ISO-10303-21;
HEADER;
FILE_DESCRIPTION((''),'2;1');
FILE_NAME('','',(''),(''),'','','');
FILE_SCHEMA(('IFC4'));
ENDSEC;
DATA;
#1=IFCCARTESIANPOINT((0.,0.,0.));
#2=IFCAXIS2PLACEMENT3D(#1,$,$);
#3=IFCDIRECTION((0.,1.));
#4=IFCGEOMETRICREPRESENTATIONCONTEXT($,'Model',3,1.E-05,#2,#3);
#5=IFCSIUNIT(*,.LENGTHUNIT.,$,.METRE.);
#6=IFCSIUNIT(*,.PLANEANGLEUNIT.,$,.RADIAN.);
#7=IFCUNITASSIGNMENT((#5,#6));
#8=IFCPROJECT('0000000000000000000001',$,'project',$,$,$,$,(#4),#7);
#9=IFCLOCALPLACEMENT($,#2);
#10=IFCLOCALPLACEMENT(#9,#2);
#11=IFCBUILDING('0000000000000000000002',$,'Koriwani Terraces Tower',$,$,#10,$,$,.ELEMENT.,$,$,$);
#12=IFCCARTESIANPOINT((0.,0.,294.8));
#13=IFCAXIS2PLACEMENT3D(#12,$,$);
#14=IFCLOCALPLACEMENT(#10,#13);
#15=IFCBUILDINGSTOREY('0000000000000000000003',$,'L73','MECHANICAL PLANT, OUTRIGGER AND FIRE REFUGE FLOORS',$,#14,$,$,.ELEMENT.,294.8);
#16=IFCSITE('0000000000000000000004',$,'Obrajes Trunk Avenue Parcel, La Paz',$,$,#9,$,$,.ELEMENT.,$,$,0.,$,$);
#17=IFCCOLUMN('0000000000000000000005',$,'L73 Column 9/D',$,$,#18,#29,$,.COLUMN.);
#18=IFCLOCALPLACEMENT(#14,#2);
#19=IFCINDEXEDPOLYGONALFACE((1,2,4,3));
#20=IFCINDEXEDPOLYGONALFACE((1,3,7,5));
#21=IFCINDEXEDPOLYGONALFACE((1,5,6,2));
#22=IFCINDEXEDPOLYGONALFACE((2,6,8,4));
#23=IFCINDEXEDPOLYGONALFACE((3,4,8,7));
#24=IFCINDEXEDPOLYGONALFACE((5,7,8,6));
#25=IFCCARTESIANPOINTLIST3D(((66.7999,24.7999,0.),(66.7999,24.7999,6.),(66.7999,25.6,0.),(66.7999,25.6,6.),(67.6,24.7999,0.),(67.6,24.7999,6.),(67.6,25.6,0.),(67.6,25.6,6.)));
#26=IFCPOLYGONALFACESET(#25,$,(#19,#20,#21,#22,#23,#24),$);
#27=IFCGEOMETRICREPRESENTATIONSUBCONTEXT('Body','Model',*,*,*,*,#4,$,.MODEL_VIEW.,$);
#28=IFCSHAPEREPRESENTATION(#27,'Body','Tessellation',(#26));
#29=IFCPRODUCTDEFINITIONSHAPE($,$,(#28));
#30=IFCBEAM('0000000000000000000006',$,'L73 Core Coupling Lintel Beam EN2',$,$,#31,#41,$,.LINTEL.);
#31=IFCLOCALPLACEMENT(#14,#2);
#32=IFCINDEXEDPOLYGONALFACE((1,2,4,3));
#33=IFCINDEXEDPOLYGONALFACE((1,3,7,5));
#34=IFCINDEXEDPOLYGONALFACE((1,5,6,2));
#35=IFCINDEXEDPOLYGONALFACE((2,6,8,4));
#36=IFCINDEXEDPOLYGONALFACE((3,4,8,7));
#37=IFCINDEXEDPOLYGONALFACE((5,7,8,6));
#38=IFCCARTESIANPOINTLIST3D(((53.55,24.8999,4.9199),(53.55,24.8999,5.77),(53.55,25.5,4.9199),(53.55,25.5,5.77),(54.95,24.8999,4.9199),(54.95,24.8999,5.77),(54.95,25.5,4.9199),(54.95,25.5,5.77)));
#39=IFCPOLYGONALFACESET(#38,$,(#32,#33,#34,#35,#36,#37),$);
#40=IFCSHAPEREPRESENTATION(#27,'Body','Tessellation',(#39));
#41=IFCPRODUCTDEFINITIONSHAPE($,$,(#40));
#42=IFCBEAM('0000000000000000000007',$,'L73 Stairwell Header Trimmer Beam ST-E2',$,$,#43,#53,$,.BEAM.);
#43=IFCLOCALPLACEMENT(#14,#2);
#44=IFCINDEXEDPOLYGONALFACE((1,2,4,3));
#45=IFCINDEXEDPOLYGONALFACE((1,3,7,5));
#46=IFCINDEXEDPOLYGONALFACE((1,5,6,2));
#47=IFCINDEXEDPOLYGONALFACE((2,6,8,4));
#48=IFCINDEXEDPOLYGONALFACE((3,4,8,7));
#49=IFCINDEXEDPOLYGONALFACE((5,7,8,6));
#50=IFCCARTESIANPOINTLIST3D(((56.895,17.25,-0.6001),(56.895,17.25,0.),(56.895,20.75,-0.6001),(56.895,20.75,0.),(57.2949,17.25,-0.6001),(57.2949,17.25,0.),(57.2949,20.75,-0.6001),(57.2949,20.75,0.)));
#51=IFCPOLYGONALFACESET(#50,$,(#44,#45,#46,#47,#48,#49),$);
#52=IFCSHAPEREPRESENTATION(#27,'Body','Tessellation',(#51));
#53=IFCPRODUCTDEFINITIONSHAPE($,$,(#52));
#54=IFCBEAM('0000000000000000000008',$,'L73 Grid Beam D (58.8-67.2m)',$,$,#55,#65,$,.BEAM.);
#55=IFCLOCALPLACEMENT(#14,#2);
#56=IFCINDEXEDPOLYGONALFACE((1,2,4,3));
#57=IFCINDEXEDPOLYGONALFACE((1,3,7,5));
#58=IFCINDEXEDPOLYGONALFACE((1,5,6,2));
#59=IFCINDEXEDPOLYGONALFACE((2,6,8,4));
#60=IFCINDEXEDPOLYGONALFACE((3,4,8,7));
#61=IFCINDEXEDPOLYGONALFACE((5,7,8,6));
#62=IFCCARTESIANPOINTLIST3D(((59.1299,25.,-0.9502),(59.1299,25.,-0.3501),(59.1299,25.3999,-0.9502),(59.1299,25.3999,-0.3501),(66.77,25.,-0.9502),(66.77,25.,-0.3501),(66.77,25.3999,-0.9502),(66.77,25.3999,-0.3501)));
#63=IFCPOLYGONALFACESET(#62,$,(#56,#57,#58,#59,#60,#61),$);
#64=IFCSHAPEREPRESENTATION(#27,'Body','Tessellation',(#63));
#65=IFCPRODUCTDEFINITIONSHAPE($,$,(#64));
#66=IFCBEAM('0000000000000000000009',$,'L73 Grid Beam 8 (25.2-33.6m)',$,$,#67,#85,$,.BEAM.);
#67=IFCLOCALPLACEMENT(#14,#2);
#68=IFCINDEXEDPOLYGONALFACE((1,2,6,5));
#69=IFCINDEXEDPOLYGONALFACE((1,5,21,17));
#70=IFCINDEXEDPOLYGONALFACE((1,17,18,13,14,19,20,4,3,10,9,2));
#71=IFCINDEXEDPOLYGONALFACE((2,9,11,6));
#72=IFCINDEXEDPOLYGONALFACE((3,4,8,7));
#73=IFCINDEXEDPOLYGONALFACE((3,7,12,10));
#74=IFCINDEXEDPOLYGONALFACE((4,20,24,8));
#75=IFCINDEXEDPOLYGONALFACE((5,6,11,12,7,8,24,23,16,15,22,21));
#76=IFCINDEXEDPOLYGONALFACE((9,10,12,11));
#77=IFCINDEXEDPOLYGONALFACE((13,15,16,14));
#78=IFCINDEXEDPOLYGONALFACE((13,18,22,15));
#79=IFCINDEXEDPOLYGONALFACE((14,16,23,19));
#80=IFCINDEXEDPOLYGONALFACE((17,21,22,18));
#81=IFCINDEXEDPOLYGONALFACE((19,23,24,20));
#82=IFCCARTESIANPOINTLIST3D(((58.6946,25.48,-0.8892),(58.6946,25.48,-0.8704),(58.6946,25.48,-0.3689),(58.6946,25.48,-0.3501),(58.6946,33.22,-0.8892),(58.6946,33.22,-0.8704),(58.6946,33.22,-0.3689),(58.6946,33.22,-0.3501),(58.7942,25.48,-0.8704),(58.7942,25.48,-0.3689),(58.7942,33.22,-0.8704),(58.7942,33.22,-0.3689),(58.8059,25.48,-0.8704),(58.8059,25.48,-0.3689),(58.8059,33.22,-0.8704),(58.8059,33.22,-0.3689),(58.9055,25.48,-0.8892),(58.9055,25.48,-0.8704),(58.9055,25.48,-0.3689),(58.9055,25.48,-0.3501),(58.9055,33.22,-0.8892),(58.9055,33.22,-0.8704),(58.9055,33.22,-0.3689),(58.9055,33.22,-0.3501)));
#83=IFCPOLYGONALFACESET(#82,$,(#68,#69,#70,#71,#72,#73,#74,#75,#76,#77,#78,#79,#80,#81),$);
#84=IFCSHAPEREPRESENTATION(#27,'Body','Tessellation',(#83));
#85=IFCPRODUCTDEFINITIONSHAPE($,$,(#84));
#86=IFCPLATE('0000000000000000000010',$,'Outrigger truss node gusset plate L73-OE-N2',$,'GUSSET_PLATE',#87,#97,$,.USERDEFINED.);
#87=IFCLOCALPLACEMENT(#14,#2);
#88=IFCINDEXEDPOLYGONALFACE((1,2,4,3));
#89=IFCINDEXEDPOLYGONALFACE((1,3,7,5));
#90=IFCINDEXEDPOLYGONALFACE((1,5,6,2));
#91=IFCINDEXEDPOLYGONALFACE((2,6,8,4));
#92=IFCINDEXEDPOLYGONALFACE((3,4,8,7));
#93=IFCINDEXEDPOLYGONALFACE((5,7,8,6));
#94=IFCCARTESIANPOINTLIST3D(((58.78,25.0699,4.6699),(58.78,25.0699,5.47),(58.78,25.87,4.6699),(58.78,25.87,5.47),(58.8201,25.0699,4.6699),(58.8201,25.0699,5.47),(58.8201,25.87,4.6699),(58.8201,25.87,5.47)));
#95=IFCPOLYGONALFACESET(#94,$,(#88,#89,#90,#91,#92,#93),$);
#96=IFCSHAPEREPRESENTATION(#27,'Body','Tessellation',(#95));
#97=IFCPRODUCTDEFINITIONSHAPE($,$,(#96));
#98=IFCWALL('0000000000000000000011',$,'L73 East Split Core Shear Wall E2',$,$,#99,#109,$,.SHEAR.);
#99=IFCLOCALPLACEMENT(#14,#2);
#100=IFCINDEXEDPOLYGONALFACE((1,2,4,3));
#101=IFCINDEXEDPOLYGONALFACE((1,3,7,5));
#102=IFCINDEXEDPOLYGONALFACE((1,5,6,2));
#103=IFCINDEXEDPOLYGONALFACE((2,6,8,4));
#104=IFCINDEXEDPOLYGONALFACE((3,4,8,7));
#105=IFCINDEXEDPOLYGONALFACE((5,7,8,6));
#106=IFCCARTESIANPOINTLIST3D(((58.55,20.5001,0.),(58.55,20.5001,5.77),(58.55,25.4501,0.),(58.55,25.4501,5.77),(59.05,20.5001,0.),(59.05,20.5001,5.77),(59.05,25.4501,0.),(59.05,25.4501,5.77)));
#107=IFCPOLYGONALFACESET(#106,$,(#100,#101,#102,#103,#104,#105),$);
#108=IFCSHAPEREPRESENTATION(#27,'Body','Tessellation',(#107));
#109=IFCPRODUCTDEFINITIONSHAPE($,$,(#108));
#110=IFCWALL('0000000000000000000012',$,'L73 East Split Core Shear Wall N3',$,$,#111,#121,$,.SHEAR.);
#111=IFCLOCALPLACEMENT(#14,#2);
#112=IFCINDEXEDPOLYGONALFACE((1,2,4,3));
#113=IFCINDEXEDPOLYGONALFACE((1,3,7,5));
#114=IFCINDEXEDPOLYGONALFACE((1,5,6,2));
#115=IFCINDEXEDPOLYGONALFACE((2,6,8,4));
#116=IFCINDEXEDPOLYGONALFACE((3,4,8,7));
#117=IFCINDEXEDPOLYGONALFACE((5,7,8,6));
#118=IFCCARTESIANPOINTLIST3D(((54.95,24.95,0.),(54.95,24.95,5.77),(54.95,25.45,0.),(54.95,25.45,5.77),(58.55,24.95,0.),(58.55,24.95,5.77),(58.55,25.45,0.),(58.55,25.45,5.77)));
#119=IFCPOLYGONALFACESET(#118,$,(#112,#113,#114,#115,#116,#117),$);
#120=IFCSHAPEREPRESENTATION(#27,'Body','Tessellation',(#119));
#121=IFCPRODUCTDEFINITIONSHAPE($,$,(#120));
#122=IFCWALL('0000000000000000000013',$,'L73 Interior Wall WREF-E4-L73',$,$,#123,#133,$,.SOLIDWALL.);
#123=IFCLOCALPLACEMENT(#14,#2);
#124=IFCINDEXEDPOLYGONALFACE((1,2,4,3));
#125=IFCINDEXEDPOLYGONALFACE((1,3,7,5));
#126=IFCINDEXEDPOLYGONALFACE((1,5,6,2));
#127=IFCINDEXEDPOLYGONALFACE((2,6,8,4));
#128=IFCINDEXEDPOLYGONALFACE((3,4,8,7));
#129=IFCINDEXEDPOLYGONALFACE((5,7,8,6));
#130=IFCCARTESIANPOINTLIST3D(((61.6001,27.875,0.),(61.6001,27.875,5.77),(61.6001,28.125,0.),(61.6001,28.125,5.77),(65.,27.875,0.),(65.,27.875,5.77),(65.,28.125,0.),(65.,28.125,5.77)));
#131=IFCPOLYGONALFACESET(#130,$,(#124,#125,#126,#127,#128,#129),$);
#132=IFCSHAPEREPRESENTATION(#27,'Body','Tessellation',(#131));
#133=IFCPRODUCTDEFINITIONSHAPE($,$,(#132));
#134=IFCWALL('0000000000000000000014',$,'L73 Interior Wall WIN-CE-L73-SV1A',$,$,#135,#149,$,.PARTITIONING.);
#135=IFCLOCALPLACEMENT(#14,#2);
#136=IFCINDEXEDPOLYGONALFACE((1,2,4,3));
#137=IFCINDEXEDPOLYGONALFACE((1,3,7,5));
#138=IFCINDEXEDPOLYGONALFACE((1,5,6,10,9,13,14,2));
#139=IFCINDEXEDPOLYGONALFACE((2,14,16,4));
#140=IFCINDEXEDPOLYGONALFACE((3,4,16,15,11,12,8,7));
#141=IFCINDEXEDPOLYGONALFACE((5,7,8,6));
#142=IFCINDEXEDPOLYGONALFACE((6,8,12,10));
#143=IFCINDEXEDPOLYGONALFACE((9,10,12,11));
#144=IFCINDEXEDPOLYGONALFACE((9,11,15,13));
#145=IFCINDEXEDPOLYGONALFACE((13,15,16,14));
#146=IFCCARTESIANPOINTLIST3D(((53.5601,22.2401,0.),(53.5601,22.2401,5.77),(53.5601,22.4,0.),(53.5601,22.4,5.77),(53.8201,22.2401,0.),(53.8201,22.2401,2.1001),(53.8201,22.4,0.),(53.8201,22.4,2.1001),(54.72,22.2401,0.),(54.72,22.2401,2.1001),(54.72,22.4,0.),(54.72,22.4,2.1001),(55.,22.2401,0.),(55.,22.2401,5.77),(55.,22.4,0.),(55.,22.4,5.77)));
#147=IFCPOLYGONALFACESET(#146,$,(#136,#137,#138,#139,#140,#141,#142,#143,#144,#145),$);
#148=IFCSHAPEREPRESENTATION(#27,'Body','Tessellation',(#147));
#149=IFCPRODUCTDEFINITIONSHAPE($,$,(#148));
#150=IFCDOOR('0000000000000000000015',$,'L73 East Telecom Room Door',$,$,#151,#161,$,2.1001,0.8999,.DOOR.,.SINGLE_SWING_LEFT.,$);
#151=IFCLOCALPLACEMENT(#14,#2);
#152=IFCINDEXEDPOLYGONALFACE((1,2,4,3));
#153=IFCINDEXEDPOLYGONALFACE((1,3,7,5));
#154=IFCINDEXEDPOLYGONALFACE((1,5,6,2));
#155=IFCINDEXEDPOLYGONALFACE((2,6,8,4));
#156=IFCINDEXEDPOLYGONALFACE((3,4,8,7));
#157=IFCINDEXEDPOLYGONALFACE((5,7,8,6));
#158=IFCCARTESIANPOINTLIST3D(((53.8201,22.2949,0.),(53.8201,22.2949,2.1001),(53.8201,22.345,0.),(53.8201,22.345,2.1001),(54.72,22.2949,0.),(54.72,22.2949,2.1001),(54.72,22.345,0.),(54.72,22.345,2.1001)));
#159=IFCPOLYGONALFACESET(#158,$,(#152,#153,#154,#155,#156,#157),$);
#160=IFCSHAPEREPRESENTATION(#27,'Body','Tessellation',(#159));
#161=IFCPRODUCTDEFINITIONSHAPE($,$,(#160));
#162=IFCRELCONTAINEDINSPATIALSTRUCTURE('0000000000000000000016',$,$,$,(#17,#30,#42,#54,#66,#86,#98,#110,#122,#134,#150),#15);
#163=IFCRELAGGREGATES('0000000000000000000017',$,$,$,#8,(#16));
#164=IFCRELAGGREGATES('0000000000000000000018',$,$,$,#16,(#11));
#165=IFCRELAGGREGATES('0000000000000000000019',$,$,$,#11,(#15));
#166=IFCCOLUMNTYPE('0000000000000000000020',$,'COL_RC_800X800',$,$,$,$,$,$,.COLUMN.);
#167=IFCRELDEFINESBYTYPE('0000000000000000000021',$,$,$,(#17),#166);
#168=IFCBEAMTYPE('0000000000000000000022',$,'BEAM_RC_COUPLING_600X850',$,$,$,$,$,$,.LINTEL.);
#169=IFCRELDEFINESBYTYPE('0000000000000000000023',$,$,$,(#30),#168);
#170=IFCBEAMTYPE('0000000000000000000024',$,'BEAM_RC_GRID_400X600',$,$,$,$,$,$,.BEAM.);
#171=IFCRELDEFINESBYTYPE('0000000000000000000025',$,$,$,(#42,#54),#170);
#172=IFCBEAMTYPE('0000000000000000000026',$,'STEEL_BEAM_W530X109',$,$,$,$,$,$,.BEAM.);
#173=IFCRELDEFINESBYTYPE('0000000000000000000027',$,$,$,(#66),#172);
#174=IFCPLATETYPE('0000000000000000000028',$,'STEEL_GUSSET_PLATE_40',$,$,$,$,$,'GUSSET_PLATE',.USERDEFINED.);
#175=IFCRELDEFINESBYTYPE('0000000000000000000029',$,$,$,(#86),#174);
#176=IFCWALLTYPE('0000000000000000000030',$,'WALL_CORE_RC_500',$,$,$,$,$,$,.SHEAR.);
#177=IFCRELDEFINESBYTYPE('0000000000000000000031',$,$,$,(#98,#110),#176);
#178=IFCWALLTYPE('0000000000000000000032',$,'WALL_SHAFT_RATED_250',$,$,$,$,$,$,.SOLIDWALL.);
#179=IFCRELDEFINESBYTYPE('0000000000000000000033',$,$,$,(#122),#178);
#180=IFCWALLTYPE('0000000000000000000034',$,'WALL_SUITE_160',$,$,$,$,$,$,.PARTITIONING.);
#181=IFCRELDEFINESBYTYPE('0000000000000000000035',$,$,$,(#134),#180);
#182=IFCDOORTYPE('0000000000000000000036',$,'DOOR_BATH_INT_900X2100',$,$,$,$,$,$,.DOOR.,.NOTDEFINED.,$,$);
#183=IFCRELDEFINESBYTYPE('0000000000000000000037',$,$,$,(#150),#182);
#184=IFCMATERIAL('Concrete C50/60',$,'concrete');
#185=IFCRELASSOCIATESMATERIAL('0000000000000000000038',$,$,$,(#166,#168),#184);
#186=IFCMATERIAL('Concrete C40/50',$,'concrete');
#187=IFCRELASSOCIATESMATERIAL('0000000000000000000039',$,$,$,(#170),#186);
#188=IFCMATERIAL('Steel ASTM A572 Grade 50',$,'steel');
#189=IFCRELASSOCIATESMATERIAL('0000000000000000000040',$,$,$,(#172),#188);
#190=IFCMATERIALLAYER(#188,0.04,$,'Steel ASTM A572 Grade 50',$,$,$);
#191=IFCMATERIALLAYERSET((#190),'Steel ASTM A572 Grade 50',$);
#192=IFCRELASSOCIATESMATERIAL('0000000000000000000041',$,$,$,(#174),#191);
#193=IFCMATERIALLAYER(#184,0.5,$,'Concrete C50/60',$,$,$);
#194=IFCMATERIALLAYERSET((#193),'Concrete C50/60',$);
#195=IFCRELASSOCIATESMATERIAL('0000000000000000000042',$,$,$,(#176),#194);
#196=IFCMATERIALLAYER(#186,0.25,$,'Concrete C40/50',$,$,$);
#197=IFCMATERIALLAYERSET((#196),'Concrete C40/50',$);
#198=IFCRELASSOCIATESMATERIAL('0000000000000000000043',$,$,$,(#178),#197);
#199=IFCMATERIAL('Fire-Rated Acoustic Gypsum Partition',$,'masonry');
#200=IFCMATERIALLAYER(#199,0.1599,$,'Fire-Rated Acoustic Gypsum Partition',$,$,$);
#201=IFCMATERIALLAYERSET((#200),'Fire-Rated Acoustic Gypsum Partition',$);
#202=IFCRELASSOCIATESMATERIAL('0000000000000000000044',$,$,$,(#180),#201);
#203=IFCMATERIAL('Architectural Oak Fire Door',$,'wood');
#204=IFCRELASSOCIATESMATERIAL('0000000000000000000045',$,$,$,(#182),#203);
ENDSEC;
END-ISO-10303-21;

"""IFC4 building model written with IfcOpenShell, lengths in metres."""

from ifc_helpers import new_model, si_unit, direction, frame, frame_2d, origin, origin_2d, place, context, subcontext, project, spatial, rectangle, i_section, extrude, material, layer, layer_set, material_profile, profile_set, type_object, element, fill, save


model = new_model("IFC4")

# Units and contexts
model_context = context("Model", 3, precision=1e-05, world=origin(), true_north=direction((0.0, 1.0)))
body_context = subcontext(model_context, "Body", "Model", "MODEL_VIEW")
ifc_project = project(units=[si_unit("LENGTHUNIT", "METRE"), si_unit("PLANEANGLEUNIT", "RADIAN")], contexts=[model_context])

# Site, building, storey
site_placement = place(None, origin())
site = spatial("IfcSite", under=ifc_project, at=site_placement, Name="Obrajes Trunk Avenue Parcel, La Paz", CompositionType="ELEMENT", RefElevation=0.0)
building_placement = place(site_placement, origin())
building = spatial("IfcBuilding", under=site, at=building_placement, Name="Koriwani Terraces Tower", CompositionType="ELEMENT")
storey_placement = place(building_placement, frame((0.0, 0.0, 294.8)))
storey = spatial("IfcBuildingStorey", under=building, at=storey_placement, Name="L73", Description="MECHANICAL PLANT, OUTRIGGER AND FIRE REFUGE FLOORS", CompositionType="ELEMENT", Elevation=294.8)

# Column
ifc_material_1 = material(Name="Concrete C50/60", Category="concrete")
ifc_material_profile_1 = material_profile(ifc_material_1, rectangle(XDim=0.8, YDim=0.8, at=origin_2d()), Name="Concrete C50/60", Category="LoadBearing")
ifc_profile_set_1 = profile_set([ifc_material_profile_1], Name="Concrete C50/60")
column_type = type_object("IfcColumnType", Name="COL_RC_800X800", PredefinedType="COLUMN", material=ifc_profile_set_1)
column_placement = place(storey_placement, frame((67.2, 25.2, 0.0), z_axis=(0.0, 0.0, 1.0), x_axis=(1.0, 0.0, 0.0)))
element("IfcColumn", 1, at=column_placement, inside=storey, type_object=column_type, Name="L73 Column 9/D", PredefinedType="COLUMN", context=body_context, shape_type="SweptSolid", body=[
    extrude(rectangle(XDim=0.8, YDim=0.8, at=origin_2d()), origin(), (0.0, 0.0, 1.0), 6.0),
])

# Beams
ifc_material_profile_2 = material_profile(ifc_material_1, rectangle(XDim=0.6001, YDim=0.8501, at=origin_2d()), Name="Concrete C50/60", Category="LoadBearing")
ifc_profile_set_2 = profile_set([ifc_material_profile_2], Name="Concrete C50/60")
beam_type_1 = type_object("IfcBeamType", Name="BEAM_RC_COUPLING_600X850", PredefinedType="LINTEL", material=ifc_profile_set_2)
beam_1_placement = place(storey_placement, frame((53.55, 25.2, 5.345), z_axis=(1.0, 0.0, 0.0), x_axis=(0.0, 1.0, 0.0)))
element("IfcBeam", 2, at=beam_1_placement, inside=storey, type_object=beam_type_1, Name="L73 Core Coupling Lintel Beam EN2", PredefinedType="LINTEL", context=body_context, shape_type="SweptSolid", body=[
    extrude(rectangle(XDim=0.6001, YDim=0.8501, at=origin_2d()), origin(), (0.0, 0.0, 1.0), 1.3999),
])
ifc_material_2 = material(Name="Concrete C40/50", Category="concrete")
ifc_material_profile_3 = material_profile(ifc_material_2, rectangle(XDim=0.3999, YDim=0.6001, at=origin_2d()), Name="Concrete C40/50", Category="LoadBearing")
ifc_profile_set_3 = profile_set([ifc_material_profile_3], Name="Concrete C40/50")
beam_type_2 = type_object("IfcBeamType", Name="BEAM_RC_GRID_400X600", PredefinedType="BEAM", material=ifc_profile_set_3)
beam_2_placement = place(storey_placement, frame((57.095, 17.25, -0.3), z_axis=(0.0, 1.0, 0.0), x_axis=(-1.0, 0.0, 0.0)))
element("IfcBeam", 3, at=beam_2_placement, inside=storey, type_object=beam_type_2, Name="L73 Stairwell Header Trimmer Beam ST-E2", PredefinedType="BEAM", context=body_context, shape_type="SweptSolid", body=[
    extrude(rectangle(XDim=0.3999, YDim=0.6001, at=origin_2d()), origin(), (0.0, 0.0, 1.0), 3.5),
])
beam_3_placement = place(storey_placement, frame((59.1299, 25.2, -0.6501), z_axis=(1.0, 0.0, 0.0), x_axis=(0.0, 1.0, 0.0)))
element("IfcBeam", 4, at=beam_3_placement, inside=storey, type_object=beam_type_2, Name="L73 Grid Beam D (58.8-67.2m)", PredefinedType="BEAM", context=body_context, shape_type="SweptSolid", body=[
    extrude(rectangle(XDim=0.3999, YDim=0.6001, at=origin_2d()), origin(), (0.0, 0.0, 1.0), 7.6401),
])
ifc_material_3 = material(Name="Steel ASTM A572 Grade 50", Category="steel")
ifc_material_profile_4 = material_profile(ifc_material_3, i_section(OverallWidth=0.2109, OverallDepth=0.5391, WebThickness=0.0117, FlangeThickness=0.0188, at=origin_2d()), Name="Steel ASTM A572 Grade 50", Category="LoadBearing")
ifc_profile_set_4 = profile_set([ifc_material_profile_4], Name="Steel ASTM A572 Grade 50")
beam_type_3 = type_object("IfcBeamType", Name="STEEL_BEAM_W530X109", PredefinedType="BEAM", material=ifc_profile_set_4)
beam_4_placement = place(storey_placement, frame((58.8, 25.48, -0.6196), z_axis=(0.0, 1.0, 0.0), x_axis=(-1.0, 0.0, 0.0)))
element("IfcBeam", 5, at=beam_4_placement, inside=storey, type_object=beam_type_3, Name="L73 Grid Beam 8 (25.2-33.6m)", PredefinedType="BEAM", context=body_context, shape_type="SweptSolid", body=[
    extrude(i_section(OverallWidth=0.2109, OverallDepth=0.5391, WebThickness=0.0117, FlangeThickness=0.0188, at=origin_2d()), origin(), (0.0, 0.0, 1.0), 7.74),
])

# Plate
ifc_layer_1 = layer(ifc_material_3, 0.04, Name="Steel ASTM A572 Grade 50")
ifc_layer_set_1 = layer_set([ifc_layer_1], Name="Steel ASTM A572 Grade 50")
plate_type = type_object("IfcPlateType", Name="STEEL_GUSSET_PLATE_40", ElementType="GUSSET_PLATE", PredefinedType="USERDEFINED", material=ifc_layer_set_1)
plate_placement = place(storey_placement, frame((58.8, 25.47, 4.6699), z_axis=(0.0, 0.0, 1.0), x_axis=(0.0, -1.0, 0.0)))
element("IfcPlate", 6, at=plate_placement, inside=storey, type_object=plate_type, Name="Outrigger truss node gusset plate L73-OE-N2", ObjectType="GUSSET_PLATE", PredefinedType="USERDEFINED", context=body_context, shape_type="SweptSolid", body=[
    extrude(rectangle(XDim=0.8, YDim=0.04, at=origin_2d()), origin(), (0.0, 0.0, 1.0), 0.8),
])

# Walls
ifc_layer_2 = layer(ifc_material_1, 0.5, Name="Concrete C50/60")
ifc_layer_set_2 = layer_set([ifc_layer_2], Name="Concrete C50/60")
wall_type_1 = type_object("IfcWallType", Name="WALL_CORE_RC_500", PredefinedType="SHEAR", material=ifc_layer_set_2)
wall_1_placement = place(storey_placement, frame((58.8, 20.5, 0.0), z_axis=(0.0, 0.0, 1.0), x_axis=(0.0, 1.0, 0.0)))
element("IfcWall", 7, at=wall_1_placement, inside=storey, type_object=wall_type_1, Name="L73 East Split Core Shear Wall E2", PredefinedType="SHEAR", context=body_context, shape_type="SweptSolid", body=[
    extrude(rectangle(XDim=4.95, YDim=0.5, at=frame_2d((2.4751, 0.0))), origin(), (0.0, 0.0, 1.0), 5.77),
])
wall_2_placement = place(storey_placement, frame((54.95, 25.2, 0.0), z_axis=(0.0, 0.0, 1.0), x_axis=(1.0, 0.0, 0.0)))
element("IfcWall", 8, at=wall_2_placement, inside=storey, type_object=wall_type_1, Name="L73 East Split Core Shear Wall N3", PredefinedType="SHEAR", context=body_context, shape_type="SweptSolid", body=[
    extrude(rectangle(XDim=3.6001, YDim=0.5, at=frame_2d((1.8, 0.0))), origin(), (0.0, 0.0, 1.0), 5.77),
])

# Shared definitions
ifc_layer_3 = layer(ifc_material_2, 0.25, Name="Concrete C40/50")
ifc_layer_set_3 = layer_set([ifc_layer_3], Name="Concrete C40/50")
wall_type_2 = type_object("IfcWallType", Name="WALL_SHAFT_RATED_250", PredefinedType="SOLIDWALL", material=ifc_layer_set_3)

# Wall
wall_3_placement = place(storey_placement, frame((61.6001, 28.0, 0.0), z_axis=(0.0, 0.0, 1.0), x_axis=(1.0, 0.0, 0.0)))
element("IfcWall", 9, at=wall_3_placement, inside=storey, type_object=wall_type_2, Name="L73 Interior Wall WREF-E4-L73", PredefinedType="SOLIDWALL", context=body_context, shape_type="SweptSolid", body=[
    extrude(rectangle(XDim=3.3999, YDim=0.25, at=frame_2d((1.7, 0.0))), origin(), (0.0, 0.0, 1.0), 5.77),
])

# Wall, opening, door
ifc_material_4 = material(Name="Fire-Rated Acoustic Gypsum Partition", Category="masonry")
ifc_layer_4 = layer(ifc_material_4, 0.1599, Name="Fire-Rated Acoustic Gypsum Partition")
ifc_layer_set_4 = layer_set([ifc_layer_4], Name="Fire-Rated Acoustic Gypsum Partition")
wall_type_3 = type_object("IfcWallType", Name="WALL_SUITE_160", PredefinedType="PARTITIONING", material=ifc_layer_set_4)
wall_4_placement = place(storey_placement, frame((53.5601, 22.3201, 0.0), z_axis=(0.0, 0.0, 1.0), x_axis=(1.0, 0.0, 0.0)))
wall_4 = element("IfcWall", 10, at=wall_4_placement, inside=storey, type_object=wall_type_3, Name="L73 Interior Wall WIN-CE-L73-SV1A", PredefinedType="PARTITIONING", context=body_context, shape_type="SweptSolid", body=[
    extrude(rectangle(XDim=1.4399, YDim=0.1599, at=frame_2d((0.72, 0.0))), origin(), (0.0, 0.0, 1.0), 5.77),
])
opening_1_placement = place(wall_4_placement, frame((0.26, 0.0, 0.0)))
opening_1 = element("IfcOpeningElement", 11, at=opening_1_placement, cuts=wall_4, PredefinedType="OPENING", context=body_context, shape_type="SweptSolid", body=[
    extrude(rectangle(XDim=0.8999, YDim=2.1001, at=frame_2d((0.45, 1.05))), frame((0.0, 0.0898, 0.0), z_axis=(0.0, -1.0, 0.0), x_axis=(1.0, 0.0, 0.0)), (0.0, 0.0, 1.0), 0.1799),
])
ifc_material_5 = material(Name="Architectural Oak Fire Door", Category="wood")
door_type_1 = type_object("IfcDoorType", Name="DOOR_BATH_INT_900X2100", OperationType="NOTDEFINED", PredefinedType="DOOR", material=ifc_material_5)
door_1_placement = place(opening_1_placement, origin())
door_1 = element("IfcDoor", 12, at=door_1_placement, inside=storey, type_object=door_type_1, Name="L73 East Telecom Room Door", OperationType="SINGLE_SWING_LEFT", OverallHeight=2.1001, OverallWidth=0.8999, PredefinedType="DOOR", context=body_context, shape_type="SweptSolid", body=[
    extrude(rectangle(XDim=0.8999, YDim=2.1001, at=frame_2d((0.45, 1.05))), frame((0.0, 0.0249, 0.0), z_axis=(0.0, -1.0, 0.0), x_axis=(1.0, 0.0, 0.0)), (0.0, 0.0, 1.0), 0.05),
])
fill(opening_1, door_1)

save(model, "model.ifc")
